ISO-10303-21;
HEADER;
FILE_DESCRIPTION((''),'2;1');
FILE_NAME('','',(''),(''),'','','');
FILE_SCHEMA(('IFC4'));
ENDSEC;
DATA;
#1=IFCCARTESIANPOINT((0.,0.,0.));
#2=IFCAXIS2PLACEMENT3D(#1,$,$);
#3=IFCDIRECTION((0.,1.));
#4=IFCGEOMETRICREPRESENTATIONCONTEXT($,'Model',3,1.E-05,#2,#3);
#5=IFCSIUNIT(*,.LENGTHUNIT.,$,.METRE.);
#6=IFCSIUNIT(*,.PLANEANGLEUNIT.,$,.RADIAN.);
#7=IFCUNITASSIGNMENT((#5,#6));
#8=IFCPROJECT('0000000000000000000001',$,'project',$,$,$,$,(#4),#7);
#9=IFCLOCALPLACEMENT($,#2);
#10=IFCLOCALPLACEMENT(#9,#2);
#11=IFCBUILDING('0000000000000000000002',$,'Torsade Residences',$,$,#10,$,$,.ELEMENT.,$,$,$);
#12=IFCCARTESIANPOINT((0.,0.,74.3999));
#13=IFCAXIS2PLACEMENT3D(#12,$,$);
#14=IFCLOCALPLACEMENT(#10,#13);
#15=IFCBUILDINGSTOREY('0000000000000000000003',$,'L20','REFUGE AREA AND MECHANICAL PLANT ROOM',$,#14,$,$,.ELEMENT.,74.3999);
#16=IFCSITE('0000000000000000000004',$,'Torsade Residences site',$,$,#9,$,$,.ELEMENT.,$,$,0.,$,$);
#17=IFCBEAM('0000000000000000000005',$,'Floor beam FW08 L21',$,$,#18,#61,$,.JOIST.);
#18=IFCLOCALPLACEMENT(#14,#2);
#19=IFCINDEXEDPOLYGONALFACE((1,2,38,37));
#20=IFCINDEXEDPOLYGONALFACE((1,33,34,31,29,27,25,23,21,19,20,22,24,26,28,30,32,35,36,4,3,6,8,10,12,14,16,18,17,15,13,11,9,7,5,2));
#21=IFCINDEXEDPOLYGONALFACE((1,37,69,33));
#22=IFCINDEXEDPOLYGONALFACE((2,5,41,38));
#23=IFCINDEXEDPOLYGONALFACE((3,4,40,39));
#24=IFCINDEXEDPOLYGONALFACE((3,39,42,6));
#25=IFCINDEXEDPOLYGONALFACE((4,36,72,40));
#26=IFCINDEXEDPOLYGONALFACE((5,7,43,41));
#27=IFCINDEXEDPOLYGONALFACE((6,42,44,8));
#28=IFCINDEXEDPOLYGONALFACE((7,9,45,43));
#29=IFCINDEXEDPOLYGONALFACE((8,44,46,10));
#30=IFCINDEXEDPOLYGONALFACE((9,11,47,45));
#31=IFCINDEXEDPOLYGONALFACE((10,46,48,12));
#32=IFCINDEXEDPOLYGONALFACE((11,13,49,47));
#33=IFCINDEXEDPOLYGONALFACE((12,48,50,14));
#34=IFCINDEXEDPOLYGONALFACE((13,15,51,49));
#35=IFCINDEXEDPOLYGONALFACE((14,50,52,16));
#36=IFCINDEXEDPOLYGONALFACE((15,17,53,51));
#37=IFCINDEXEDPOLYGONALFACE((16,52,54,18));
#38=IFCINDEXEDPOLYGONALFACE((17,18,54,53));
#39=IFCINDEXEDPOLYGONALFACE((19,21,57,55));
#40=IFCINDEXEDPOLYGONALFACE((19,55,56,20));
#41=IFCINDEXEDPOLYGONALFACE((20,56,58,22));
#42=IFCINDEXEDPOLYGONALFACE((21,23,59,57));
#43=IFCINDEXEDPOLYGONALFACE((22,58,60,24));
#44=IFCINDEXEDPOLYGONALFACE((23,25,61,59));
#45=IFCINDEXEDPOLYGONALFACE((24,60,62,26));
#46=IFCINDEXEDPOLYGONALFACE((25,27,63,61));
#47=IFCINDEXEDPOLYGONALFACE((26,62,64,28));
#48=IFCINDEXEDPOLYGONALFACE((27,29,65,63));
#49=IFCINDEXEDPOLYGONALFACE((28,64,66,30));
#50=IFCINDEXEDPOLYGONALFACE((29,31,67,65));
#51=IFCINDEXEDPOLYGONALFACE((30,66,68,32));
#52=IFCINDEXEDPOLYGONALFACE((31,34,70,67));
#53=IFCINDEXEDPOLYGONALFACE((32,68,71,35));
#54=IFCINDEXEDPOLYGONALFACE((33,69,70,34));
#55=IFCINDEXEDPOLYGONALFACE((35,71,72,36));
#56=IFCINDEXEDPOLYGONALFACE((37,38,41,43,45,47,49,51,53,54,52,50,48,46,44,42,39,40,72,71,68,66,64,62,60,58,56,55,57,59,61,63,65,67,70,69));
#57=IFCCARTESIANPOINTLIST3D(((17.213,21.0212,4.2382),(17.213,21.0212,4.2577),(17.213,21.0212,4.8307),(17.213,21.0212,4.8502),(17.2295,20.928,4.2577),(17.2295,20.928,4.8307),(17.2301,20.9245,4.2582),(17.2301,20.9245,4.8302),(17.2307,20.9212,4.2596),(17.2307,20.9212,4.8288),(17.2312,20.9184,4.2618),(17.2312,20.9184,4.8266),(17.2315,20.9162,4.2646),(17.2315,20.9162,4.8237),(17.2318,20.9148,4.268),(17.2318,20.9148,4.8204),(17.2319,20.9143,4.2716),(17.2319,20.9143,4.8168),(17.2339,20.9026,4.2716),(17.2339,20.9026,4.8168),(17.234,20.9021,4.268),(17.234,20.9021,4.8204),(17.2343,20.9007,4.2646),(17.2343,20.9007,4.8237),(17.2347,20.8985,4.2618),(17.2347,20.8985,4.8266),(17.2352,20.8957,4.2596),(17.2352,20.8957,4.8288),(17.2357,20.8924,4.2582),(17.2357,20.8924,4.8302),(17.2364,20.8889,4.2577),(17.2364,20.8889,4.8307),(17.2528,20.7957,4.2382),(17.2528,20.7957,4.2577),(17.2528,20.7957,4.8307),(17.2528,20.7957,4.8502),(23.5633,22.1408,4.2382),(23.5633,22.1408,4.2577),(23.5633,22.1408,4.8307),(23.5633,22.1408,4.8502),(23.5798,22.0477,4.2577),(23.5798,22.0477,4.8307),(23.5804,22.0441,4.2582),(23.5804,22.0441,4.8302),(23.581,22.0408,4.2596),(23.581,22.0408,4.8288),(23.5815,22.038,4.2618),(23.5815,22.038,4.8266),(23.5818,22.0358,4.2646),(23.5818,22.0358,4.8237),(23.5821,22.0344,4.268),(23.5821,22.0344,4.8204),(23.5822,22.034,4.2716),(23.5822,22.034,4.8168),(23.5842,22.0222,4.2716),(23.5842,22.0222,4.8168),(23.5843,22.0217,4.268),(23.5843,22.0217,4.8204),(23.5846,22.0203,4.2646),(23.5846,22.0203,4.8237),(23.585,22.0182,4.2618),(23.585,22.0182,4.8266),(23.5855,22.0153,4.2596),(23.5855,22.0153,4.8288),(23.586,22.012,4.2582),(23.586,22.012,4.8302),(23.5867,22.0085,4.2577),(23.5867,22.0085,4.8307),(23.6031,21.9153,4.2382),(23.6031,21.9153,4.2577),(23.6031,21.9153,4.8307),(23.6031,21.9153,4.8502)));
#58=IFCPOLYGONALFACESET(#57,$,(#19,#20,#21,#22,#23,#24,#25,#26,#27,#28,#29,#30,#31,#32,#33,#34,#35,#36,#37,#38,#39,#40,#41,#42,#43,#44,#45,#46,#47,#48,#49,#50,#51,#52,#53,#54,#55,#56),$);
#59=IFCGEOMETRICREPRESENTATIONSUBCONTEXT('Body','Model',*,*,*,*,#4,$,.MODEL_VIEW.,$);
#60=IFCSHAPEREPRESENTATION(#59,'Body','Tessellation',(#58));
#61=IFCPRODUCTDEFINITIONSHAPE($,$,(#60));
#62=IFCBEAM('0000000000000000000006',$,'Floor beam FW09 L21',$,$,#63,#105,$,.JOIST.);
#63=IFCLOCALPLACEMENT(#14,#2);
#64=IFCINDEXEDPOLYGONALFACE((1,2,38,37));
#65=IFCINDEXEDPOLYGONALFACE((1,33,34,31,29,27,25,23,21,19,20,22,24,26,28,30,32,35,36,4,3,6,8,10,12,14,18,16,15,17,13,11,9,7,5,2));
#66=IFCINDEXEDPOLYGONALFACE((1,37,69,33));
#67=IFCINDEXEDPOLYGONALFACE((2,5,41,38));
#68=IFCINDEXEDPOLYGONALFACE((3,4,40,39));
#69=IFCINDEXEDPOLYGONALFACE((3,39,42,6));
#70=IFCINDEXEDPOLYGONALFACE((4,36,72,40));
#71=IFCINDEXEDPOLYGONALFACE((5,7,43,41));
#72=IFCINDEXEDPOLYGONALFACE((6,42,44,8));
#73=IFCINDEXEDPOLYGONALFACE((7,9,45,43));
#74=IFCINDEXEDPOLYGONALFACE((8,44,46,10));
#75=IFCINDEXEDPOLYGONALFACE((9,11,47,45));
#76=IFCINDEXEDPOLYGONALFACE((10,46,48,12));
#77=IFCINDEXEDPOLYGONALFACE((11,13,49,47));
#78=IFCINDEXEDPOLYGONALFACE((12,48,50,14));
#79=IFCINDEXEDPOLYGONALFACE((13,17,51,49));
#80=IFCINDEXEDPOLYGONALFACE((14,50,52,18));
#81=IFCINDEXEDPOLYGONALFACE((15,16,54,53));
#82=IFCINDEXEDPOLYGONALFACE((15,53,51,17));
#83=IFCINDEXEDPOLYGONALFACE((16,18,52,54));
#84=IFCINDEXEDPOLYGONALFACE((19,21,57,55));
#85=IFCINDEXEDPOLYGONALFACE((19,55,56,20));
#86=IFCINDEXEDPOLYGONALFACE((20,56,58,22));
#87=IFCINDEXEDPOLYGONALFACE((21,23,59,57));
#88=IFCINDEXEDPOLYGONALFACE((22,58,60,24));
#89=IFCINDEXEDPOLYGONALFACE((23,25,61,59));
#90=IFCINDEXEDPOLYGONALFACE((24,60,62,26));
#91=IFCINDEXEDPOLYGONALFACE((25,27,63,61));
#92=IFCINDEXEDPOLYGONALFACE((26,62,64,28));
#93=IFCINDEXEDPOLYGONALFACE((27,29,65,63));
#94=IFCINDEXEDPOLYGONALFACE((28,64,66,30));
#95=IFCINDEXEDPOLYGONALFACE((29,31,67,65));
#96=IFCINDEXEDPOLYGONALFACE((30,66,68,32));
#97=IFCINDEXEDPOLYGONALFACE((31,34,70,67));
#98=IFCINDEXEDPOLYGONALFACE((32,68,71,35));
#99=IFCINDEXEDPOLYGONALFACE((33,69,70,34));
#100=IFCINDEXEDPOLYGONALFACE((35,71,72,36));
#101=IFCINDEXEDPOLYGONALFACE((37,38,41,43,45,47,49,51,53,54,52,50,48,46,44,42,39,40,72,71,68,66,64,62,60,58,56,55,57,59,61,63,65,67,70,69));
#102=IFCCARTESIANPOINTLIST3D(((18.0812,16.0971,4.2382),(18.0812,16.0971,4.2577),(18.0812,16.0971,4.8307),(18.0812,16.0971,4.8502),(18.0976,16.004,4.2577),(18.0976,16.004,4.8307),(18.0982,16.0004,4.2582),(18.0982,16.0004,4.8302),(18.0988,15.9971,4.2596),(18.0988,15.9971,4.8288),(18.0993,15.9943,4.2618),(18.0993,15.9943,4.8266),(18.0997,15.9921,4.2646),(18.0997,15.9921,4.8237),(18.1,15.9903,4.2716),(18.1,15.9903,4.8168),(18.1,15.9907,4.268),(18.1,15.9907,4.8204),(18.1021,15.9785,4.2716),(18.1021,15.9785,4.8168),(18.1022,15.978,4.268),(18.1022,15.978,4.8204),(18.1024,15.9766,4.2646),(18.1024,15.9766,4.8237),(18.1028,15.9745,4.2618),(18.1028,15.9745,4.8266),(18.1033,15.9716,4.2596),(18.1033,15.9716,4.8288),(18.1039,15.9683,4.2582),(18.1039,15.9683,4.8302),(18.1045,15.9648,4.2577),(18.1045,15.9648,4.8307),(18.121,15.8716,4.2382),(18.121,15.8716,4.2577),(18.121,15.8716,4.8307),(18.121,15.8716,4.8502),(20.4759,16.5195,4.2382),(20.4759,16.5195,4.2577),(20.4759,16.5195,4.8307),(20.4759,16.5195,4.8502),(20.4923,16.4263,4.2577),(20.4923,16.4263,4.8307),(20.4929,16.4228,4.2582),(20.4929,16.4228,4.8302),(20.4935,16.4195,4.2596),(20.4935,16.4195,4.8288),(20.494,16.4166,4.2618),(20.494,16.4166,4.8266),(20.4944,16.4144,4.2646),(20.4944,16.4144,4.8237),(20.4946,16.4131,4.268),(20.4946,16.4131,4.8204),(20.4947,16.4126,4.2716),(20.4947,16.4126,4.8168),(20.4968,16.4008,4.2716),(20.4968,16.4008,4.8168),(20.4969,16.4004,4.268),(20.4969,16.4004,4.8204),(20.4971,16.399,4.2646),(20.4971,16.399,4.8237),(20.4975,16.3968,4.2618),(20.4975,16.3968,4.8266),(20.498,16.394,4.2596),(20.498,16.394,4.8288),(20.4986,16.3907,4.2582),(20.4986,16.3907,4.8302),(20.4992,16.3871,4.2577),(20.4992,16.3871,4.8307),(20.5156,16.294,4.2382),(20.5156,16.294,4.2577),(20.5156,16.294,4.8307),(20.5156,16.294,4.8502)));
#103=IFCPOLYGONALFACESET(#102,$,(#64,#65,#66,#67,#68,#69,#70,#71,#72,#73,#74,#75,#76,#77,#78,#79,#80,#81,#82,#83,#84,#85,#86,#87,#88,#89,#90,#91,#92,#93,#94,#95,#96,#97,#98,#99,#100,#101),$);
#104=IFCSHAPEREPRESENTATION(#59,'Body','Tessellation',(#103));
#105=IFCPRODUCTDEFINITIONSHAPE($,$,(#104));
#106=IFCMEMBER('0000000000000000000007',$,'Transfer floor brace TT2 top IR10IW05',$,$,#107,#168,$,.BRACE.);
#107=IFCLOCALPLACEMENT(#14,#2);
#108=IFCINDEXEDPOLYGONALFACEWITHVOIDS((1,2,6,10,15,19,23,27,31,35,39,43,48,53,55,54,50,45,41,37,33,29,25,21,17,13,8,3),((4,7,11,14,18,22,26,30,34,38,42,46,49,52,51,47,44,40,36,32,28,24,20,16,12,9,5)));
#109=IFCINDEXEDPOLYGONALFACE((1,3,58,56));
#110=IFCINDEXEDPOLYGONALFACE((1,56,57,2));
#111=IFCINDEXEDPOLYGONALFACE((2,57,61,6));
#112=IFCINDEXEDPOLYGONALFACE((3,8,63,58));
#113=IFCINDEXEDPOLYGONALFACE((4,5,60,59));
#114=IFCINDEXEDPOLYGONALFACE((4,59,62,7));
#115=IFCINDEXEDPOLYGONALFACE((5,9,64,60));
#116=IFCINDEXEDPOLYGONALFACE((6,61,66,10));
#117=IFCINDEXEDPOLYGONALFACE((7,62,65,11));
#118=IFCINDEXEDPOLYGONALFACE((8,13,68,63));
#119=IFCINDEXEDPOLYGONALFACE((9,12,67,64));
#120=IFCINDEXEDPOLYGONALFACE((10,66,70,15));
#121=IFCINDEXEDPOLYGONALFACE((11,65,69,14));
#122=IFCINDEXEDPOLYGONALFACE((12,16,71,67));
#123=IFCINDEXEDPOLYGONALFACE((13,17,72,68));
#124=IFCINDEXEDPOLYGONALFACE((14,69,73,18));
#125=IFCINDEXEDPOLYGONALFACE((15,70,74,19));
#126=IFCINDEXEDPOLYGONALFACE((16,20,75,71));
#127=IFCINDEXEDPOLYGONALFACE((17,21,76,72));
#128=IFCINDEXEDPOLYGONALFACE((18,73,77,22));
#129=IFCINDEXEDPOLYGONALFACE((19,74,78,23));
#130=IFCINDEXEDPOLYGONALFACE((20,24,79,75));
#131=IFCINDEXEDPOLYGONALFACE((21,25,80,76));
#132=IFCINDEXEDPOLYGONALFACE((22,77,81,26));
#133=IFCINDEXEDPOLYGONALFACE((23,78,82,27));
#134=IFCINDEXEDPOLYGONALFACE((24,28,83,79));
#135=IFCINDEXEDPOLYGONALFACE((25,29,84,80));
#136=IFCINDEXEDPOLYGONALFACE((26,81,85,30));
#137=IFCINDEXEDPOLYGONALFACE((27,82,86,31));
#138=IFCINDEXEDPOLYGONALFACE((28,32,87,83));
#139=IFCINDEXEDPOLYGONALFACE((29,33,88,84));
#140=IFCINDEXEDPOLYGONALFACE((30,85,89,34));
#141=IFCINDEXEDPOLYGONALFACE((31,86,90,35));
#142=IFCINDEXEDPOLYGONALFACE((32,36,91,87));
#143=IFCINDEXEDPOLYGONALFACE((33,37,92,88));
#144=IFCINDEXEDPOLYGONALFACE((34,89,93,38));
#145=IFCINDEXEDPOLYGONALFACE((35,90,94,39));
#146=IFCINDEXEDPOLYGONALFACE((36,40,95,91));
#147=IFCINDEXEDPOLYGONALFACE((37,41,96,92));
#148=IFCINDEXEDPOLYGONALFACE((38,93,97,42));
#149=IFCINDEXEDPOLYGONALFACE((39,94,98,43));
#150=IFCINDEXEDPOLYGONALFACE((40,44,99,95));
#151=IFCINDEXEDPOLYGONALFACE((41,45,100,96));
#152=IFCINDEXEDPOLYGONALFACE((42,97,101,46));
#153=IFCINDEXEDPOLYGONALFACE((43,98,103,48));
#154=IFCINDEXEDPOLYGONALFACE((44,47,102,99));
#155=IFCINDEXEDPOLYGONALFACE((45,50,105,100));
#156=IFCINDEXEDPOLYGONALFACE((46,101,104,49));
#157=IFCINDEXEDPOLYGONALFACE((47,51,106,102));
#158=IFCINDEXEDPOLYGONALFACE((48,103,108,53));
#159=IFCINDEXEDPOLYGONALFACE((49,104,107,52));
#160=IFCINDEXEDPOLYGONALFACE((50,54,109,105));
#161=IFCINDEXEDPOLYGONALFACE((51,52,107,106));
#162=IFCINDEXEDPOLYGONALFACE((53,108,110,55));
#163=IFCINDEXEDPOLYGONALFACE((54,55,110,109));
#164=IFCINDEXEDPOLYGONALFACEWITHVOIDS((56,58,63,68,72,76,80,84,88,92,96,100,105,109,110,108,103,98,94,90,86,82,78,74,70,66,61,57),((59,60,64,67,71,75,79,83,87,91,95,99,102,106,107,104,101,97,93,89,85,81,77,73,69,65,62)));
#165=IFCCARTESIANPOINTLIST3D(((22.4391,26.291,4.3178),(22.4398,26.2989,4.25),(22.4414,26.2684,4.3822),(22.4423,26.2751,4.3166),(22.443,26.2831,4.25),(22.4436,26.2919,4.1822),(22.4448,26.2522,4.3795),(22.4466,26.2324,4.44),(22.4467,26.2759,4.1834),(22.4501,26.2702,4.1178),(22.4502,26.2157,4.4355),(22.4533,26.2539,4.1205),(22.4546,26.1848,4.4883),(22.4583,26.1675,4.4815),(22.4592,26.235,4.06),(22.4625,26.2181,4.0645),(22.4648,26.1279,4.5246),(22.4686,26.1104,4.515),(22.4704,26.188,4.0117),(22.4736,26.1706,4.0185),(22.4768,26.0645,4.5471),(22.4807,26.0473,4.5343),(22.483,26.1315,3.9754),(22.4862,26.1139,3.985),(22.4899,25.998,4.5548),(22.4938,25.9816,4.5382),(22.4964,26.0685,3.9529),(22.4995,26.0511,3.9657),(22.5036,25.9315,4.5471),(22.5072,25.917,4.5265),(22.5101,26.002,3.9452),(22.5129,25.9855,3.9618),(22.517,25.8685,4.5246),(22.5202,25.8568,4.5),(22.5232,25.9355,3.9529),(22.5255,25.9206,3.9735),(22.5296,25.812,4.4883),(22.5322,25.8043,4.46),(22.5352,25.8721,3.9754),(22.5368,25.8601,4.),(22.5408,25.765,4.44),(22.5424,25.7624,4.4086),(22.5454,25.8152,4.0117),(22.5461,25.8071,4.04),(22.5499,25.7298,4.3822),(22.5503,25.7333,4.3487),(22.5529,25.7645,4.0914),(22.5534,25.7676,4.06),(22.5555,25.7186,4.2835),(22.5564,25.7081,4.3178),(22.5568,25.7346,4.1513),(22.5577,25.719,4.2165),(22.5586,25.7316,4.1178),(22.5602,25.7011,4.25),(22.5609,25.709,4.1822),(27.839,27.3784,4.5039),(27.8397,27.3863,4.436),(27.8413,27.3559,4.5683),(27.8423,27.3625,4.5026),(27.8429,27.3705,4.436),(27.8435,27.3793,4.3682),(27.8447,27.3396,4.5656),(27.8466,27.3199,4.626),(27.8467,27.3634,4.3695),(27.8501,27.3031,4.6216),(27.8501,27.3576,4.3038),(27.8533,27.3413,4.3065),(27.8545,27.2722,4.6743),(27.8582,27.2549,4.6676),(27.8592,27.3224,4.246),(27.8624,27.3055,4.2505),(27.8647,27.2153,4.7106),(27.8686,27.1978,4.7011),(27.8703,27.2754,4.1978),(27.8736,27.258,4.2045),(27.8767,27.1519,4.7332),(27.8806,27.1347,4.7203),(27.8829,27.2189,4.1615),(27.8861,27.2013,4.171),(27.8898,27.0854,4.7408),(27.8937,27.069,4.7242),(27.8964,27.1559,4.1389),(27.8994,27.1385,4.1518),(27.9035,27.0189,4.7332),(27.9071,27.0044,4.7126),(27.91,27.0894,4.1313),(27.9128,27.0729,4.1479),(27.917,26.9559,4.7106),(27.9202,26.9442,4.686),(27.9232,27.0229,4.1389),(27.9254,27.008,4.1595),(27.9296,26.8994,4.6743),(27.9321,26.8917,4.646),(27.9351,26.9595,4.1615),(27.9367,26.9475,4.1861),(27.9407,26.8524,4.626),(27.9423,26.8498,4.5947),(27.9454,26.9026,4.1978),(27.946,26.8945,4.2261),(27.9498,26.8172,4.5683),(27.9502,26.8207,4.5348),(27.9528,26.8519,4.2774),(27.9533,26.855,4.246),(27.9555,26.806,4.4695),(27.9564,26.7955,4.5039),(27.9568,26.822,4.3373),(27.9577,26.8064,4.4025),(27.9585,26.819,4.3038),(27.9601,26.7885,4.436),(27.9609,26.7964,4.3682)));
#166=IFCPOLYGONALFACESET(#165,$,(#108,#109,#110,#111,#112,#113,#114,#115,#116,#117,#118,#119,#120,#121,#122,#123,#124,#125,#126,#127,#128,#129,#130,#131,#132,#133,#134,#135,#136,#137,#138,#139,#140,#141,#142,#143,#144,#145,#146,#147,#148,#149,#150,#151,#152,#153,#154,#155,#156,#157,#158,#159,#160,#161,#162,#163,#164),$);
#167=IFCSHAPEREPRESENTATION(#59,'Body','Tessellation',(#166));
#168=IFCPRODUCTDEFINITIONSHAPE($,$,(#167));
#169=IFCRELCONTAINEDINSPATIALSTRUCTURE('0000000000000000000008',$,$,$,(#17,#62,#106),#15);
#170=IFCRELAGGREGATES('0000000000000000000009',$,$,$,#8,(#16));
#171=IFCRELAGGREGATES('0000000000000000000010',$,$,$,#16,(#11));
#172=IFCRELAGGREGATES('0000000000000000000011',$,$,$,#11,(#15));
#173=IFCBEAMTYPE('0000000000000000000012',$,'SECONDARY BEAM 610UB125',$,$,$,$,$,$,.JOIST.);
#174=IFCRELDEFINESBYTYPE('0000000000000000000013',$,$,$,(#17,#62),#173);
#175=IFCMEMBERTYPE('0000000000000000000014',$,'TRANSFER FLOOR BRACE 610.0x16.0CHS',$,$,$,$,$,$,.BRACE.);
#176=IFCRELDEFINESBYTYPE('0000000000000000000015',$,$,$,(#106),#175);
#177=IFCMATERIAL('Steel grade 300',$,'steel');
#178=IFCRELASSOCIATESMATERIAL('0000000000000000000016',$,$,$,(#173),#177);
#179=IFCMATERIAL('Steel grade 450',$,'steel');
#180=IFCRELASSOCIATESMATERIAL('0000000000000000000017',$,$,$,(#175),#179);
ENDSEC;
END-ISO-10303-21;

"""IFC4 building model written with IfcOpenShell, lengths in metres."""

from ifc_helpers import new_model, si_unit, direction, frame, origin, origin_2d, place, context, subcontext, project, spatial, hollow_circle, i_section, extrude, material, material_profile, profile_set, type_object, element, save


model = new_model("IFC4")

# Units and contexts
model_context = context("Model", 3, precision=1e-05, world=origin(), true_north=direction((0.0, 1.0)))
body_context = subcontext(model_context, "Body", "Model", "MODEL_VIEW")
ifc_project = project(units=[si_unit("LENGTHUNIT", "METRE"), si_unit("PLANEANGLEUNIT", "RADIAN")], contexts=[model_context])

# Site, building, storey
site_placement = place(None, origin())
site = spatial("IfcSite", under=ifc_project, at=site_placement, Name="Torsade Residences site", CompositionType="ELEMENT", RefElevation=0.0)
building_placement = place(site_placement, origin())
building = spatial("IfcBuilding", under=site, at=building_placement, Name="Torsade Residences", CompositionType="ELEMENT")
storey_placement = place(building_placement, frame((0.0, 0.0, 74.3999)))
storey = spatial("IfcBuildingStorey", under=building, at=storey_placement, Name="L20", Description="REFUGE AREA AND MECHANICAL PLANT ROOM", CompositionType="ELEMENT", Elevation=74.3999)

# Beams
ifc_material_1 = material(Name="Steel grade 300", Category="steel")
ifc_material_profile_1 = material_profile(ifc_material_1, i_section(OverallWidth=0.229, OverallDepth=0.6121, WebThickness=0.012, FlangeThickness=0.0195, FilletRadius=0.0139, at=origin_2d()), Name="610UB125")
ifc_profile_set_1 = profile_set([ifc_material_profile_1], Name="Steel grade 300")
beam_type_1 = type_object("IfcBeamType", Name="SECONDARY BEAM 610UB125", PredefinedType="JOIST", material=ifc_profile_set_1)
beam_1_placement = place(storey_placement, frame((17.2329, 20.9084, 4.5442), z_axis=(0.984811, 0.173632, 0.0), x_axis=(-0.173632, 0.984811, 0.0)))
element("IfcBeam", 1, at=beam_1_placement, inside=storey, type_object=beam_type_1, Name="Floor beam FW08 L21", PredefinedType="JOIST", context=body_context, shape_type="SweptSolid", body=[
    extrude(i_section(OverallWidth=0.229, OverallDepth=0.6121, WebThickness=0.012, FlangeThickness=0.0195, FilletRadius=0.0139, at=origin_2d()), origin(), (0.0, 0.0, 1.0), 6.4482),
])
beam_2_placement = place(storey_placement, frame((18.1011, 15.9844, 4.5442), z_axis=(0.984801, 0.173688, 0.0), x_axis=(-0.173688, 0.984801, 0.0)))
element("IfcBeam", 2, at=beam_2_placement, inside=storey, type_object=beam_type_1, Name="Floor beam FW09 L21", PredefinedType="JOIST", context=body_context, shape_type="SweptSolid", body=[
    extrude(i_section(OverallWidth=0.229, OverallDepth=0.6121, WebThickness=0.012, FlangeThickness=0.0195, FilletRadius=0.0139, at=origin_2d()), origin(), (0.0, 0.0, 1.0), 2.4316),
])

# Member
ifc_material_2 = material(Name="Steel grade 450", Category="steel")
ifc_material_profile_2 = material_profile(ifc_material_2, hollow_circle(Radius=0.3049, WallThickness=0.0161, at=origin_2d()), Name="610.0x16.0CHS")
ifc_profile_set_2 = profile_set([ifc_material_profile_2], Name="Steel grade 450")
member_type_1 = type_object("IfcMemberType", Name="TRANSFER FLOOR BRACE 610.0x16.0CHS", PredefinedType="BRACE", material=ifc_profile_set_2)
member_1_placement = place(storey_placement, frame((22.5, 26.0, 4.25), z_axis=(0.979762, 0.197299, 0.033754), x_axis=(-0.197412, 0.980321, 0.0)))
element("IfcMember", 3, at=member_1_placement, inside=storey, type_object=member_type_1, Name="Transfer floor brace TT2 top IR10IW05", PredefinedType="BRACE", context=body_context, shape_type="SweptSolid", body=[
    extrude(hollow_circle(Radius=0.3049, WallThickness=0.0161, at=origin_2d()), origin(), (0.0, 0.0, 1.0), 5.5115),
])

save(model, "model.ifc")
